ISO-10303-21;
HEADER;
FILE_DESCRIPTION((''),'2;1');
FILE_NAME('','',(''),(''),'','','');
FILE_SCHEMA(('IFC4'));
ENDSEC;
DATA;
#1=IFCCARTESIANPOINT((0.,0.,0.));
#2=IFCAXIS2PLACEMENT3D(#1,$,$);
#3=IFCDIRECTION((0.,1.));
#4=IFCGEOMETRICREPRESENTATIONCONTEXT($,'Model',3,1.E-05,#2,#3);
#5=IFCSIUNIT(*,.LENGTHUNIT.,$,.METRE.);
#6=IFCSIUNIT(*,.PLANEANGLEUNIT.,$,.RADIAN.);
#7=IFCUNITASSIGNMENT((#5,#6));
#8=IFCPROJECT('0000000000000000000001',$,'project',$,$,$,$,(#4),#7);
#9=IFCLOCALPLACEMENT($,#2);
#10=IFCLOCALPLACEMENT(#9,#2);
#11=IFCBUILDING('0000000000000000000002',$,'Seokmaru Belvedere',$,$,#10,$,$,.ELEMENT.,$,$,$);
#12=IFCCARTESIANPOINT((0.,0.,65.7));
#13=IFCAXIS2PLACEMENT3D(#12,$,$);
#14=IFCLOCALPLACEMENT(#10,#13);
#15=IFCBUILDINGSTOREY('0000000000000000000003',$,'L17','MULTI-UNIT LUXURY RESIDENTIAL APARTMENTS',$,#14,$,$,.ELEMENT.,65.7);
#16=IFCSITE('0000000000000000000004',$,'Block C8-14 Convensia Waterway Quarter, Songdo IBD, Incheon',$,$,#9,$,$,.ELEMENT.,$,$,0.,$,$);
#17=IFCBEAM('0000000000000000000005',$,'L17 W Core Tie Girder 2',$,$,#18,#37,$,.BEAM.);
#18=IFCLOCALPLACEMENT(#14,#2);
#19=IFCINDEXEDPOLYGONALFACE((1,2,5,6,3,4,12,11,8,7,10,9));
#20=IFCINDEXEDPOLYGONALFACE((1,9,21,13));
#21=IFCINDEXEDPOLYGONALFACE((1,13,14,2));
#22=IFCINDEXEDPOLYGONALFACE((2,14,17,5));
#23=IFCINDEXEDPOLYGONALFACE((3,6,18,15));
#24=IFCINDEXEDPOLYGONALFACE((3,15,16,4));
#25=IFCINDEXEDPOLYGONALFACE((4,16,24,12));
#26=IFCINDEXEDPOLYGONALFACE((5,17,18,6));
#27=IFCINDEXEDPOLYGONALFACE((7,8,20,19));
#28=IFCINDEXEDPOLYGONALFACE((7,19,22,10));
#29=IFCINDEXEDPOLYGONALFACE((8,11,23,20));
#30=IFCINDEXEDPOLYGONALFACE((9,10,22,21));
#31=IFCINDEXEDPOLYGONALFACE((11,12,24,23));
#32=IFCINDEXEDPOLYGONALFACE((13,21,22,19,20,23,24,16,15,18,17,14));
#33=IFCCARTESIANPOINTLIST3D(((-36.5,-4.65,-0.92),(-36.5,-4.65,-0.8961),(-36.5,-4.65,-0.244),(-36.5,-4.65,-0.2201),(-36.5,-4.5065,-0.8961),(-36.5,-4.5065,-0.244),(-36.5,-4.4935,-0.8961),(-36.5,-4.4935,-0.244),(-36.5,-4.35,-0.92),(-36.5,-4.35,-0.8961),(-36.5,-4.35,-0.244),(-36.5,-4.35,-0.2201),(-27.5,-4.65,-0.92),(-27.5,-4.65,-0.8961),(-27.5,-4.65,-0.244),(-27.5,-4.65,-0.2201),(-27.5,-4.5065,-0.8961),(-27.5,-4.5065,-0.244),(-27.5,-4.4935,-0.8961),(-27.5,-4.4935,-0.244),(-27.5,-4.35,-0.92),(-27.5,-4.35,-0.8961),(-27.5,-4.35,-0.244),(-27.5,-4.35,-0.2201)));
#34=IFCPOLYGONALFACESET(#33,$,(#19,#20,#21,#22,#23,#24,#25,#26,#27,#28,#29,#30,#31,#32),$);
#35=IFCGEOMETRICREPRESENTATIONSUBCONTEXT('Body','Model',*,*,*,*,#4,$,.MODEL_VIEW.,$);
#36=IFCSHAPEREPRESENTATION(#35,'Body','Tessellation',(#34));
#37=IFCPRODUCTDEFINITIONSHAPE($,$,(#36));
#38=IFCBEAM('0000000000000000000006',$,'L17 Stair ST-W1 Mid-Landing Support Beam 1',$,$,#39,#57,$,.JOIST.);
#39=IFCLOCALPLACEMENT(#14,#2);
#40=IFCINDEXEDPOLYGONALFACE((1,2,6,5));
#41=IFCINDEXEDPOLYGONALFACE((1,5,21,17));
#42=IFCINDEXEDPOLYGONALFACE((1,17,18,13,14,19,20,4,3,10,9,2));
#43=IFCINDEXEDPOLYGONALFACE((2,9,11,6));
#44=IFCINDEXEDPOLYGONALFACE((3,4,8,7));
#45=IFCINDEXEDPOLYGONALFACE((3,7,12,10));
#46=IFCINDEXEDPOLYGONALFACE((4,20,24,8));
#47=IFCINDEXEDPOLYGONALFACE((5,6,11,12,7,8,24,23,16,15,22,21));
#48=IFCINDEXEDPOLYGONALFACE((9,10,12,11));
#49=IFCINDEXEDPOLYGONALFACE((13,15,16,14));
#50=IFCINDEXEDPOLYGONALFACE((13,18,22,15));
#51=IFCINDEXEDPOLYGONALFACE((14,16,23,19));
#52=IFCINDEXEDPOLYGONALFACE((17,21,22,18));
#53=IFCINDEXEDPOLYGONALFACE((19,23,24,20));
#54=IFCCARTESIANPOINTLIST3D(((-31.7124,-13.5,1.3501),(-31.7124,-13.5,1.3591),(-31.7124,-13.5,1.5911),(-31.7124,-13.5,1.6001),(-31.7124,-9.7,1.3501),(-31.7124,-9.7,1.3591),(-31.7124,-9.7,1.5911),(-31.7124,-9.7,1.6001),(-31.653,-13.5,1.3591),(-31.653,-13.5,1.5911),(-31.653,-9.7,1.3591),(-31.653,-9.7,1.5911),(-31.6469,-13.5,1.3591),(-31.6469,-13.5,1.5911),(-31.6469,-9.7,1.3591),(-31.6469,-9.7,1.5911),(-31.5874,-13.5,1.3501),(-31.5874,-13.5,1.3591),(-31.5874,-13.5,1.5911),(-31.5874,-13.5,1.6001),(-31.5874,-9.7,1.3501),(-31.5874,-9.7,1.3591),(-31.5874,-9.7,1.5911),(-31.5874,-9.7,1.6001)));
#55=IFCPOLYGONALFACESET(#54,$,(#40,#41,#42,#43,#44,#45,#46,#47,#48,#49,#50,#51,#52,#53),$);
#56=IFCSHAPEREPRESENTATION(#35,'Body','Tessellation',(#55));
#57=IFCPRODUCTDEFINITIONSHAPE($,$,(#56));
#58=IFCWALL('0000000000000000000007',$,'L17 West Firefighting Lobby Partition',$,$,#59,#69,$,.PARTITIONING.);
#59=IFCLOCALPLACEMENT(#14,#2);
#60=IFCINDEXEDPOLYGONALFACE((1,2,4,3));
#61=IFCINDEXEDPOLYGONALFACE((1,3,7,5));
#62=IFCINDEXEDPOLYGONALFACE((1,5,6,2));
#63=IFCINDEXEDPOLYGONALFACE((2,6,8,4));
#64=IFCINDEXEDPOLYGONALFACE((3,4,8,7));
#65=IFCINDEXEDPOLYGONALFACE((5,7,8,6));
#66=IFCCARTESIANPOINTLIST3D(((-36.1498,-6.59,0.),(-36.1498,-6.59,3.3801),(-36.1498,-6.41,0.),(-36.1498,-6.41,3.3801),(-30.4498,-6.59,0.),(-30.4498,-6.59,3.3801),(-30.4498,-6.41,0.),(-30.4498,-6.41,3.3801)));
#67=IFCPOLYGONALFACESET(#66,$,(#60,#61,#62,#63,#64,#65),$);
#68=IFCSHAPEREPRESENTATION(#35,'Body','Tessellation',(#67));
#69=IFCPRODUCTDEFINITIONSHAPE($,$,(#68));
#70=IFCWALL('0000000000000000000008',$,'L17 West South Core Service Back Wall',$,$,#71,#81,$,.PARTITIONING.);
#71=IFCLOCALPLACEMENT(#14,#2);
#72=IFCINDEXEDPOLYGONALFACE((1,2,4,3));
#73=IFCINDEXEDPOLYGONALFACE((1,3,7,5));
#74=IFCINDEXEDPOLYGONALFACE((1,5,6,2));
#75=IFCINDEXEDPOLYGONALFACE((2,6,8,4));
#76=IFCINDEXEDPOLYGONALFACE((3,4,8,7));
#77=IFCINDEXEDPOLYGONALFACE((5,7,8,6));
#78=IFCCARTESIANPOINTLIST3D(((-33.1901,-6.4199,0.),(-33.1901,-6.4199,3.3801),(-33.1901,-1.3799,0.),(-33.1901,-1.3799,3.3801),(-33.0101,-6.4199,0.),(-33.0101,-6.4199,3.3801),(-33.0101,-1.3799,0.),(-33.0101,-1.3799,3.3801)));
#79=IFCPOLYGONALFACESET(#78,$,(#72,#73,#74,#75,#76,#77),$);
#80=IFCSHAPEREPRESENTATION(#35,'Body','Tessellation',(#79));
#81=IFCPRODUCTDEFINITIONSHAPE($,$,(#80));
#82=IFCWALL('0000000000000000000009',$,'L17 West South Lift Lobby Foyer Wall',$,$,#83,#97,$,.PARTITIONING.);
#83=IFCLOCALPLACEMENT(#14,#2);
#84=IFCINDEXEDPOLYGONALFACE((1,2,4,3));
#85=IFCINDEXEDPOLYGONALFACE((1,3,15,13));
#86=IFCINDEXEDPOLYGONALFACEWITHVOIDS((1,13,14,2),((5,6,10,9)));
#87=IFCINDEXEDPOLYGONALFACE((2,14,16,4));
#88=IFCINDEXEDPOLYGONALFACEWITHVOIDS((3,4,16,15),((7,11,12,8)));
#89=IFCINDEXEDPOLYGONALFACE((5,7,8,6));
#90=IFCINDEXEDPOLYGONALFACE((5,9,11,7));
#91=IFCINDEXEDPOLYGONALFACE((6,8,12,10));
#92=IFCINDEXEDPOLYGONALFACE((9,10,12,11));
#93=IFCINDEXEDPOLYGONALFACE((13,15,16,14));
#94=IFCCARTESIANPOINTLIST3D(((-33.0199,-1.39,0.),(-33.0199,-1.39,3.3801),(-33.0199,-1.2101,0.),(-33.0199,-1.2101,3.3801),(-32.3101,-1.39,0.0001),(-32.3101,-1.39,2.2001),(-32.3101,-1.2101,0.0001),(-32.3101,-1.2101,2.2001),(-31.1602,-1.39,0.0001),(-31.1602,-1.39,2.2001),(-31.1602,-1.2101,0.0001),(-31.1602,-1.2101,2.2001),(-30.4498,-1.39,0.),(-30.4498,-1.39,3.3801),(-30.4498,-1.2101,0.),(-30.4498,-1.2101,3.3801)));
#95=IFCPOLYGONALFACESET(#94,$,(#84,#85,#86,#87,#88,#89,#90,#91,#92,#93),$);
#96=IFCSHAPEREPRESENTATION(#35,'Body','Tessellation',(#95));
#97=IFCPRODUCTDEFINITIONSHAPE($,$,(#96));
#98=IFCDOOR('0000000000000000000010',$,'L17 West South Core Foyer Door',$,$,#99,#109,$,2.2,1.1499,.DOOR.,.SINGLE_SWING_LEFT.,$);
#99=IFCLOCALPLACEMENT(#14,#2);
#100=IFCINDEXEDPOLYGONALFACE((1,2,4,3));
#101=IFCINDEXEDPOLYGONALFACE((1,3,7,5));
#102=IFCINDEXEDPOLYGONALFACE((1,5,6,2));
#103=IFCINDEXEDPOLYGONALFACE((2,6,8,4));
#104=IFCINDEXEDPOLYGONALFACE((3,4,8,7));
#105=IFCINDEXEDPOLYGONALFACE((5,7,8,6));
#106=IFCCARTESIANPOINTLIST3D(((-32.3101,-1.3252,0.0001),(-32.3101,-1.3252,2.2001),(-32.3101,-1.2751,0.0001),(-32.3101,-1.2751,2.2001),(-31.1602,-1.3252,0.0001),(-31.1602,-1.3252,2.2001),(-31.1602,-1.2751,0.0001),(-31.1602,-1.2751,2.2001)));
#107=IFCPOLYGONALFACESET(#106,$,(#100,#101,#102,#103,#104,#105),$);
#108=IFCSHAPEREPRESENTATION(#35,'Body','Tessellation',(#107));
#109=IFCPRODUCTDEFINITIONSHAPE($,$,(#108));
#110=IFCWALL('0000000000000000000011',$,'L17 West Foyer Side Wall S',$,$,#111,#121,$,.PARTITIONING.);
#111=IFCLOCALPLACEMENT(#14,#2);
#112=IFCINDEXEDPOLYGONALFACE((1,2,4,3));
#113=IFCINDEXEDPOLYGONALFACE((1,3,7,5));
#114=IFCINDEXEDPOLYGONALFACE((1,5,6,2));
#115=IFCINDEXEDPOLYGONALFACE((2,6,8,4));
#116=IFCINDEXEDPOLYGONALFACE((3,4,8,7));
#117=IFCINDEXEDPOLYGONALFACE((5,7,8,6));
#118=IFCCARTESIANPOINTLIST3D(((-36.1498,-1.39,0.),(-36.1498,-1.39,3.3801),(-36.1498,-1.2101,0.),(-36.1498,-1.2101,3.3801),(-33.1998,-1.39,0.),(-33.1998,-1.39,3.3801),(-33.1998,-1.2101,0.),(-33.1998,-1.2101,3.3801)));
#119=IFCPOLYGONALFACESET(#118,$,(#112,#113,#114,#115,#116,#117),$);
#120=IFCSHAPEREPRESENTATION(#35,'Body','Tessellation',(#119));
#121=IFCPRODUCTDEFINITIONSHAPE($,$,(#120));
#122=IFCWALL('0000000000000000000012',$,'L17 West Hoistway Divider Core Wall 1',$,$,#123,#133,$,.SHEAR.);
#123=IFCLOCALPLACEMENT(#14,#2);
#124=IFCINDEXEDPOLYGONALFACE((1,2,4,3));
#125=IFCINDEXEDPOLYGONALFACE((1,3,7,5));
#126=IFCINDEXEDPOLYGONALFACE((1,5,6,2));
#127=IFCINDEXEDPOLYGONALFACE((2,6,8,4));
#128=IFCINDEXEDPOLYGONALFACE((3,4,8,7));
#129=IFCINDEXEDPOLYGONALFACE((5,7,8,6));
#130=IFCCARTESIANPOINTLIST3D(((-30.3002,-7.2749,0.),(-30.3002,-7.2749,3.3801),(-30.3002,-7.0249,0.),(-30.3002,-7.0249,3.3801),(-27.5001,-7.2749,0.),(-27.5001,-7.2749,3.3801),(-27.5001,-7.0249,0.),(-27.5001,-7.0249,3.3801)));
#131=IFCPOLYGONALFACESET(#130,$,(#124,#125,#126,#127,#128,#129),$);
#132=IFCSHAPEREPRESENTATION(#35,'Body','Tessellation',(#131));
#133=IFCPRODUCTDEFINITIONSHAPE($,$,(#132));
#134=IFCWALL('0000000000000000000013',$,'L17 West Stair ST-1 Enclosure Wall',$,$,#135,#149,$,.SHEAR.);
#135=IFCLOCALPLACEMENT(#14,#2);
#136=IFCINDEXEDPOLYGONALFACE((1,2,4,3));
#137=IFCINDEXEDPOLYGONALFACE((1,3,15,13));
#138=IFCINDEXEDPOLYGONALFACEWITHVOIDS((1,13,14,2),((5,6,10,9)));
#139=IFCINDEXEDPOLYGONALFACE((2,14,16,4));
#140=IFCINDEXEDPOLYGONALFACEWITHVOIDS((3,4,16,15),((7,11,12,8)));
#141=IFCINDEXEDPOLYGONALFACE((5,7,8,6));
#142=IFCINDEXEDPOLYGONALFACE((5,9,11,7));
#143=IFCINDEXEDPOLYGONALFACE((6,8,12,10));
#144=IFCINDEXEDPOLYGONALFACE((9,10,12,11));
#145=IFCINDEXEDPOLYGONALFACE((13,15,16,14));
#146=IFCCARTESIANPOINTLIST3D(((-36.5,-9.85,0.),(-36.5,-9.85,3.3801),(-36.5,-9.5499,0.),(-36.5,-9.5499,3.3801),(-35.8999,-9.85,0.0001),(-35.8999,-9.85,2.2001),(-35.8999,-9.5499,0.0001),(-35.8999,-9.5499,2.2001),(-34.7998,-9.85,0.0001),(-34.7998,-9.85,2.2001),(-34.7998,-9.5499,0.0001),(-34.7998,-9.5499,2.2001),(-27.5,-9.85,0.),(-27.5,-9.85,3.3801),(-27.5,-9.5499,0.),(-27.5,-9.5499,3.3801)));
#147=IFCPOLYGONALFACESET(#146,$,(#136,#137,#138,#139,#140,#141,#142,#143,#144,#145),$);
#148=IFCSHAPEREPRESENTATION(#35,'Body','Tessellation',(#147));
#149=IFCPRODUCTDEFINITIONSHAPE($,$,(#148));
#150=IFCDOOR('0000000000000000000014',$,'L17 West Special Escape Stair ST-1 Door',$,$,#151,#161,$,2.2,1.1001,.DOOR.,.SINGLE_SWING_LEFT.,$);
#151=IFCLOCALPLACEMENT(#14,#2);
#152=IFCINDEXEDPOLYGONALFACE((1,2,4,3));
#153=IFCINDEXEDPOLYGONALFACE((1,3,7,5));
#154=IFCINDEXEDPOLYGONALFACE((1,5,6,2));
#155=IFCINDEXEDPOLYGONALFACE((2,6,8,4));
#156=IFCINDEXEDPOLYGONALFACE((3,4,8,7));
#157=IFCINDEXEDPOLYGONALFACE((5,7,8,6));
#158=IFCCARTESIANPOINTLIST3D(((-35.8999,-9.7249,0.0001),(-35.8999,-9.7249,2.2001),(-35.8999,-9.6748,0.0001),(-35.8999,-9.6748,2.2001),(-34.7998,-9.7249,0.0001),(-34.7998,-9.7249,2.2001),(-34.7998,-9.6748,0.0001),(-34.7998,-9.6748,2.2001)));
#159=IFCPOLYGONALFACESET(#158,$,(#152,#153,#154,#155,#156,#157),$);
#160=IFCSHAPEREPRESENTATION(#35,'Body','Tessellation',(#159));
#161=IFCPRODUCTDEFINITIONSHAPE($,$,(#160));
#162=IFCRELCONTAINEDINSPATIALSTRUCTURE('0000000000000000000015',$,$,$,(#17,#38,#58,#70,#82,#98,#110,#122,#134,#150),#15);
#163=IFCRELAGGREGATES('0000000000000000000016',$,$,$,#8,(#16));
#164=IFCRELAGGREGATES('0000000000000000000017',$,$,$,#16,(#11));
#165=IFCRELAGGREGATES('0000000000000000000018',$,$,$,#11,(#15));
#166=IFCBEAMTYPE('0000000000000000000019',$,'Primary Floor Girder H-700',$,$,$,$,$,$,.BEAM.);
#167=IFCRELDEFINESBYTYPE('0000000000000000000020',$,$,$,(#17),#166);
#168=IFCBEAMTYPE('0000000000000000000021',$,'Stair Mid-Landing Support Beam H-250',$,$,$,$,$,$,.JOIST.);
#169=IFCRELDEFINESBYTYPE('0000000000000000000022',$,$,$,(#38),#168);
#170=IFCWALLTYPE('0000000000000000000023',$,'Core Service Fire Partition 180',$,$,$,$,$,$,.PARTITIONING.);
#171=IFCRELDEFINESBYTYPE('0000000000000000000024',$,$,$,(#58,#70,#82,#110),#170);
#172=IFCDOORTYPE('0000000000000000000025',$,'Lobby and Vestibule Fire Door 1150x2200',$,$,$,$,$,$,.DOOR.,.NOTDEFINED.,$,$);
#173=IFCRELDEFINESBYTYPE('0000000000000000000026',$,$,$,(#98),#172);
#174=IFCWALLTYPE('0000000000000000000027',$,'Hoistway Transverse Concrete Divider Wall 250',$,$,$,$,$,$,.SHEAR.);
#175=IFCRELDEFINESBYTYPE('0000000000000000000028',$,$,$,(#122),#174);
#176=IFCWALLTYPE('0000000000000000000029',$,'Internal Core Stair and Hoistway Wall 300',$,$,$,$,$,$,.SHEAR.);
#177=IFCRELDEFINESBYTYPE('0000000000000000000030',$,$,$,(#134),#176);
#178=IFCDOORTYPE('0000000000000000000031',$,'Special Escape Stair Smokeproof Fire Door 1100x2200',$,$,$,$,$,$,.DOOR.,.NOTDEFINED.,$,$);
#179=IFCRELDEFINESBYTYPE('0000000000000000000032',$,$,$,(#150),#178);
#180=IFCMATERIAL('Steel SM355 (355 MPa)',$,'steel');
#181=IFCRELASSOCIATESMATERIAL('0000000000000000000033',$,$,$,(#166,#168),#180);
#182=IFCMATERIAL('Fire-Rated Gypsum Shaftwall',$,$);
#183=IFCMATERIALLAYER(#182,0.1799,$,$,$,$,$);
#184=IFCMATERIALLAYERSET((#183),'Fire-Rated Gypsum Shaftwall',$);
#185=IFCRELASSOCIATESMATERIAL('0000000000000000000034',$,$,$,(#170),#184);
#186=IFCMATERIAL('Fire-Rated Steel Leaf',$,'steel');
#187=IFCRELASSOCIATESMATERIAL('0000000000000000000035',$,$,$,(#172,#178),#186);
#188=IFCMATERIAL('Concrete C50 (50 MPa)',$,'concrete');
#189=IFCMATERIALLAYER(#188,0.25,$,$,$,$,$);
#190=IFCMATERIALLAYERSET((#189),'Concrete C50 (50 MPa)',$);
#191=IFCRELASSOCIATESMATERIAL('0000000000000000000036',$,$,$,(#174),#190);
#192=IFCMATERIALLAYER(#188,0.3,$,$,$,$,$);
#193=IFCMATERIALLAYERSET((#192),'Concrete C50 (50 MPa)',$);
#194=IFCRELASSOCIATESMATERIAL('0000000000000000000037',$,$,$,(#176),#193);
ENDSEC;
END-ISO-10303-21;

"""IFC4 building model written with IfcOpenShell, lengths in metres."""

from ifc_helpers import new_model, si_unit, direction, frame, frame_2d, origin, origin_2d, place, context, subcontext, project, spatial, rectangle, i_section, extrude, source, transform, mapped, material, layer, layer_set, material_profile, profile_set, type_object, type_shapes, element, fill, save


model = new_model("IFC4")

# Units and contexts
model_context = context("Model", 3, precision=1e-05, world=origin(), true_north=direction((0.0, 1.0)))
body_context = subcontext(model_context, "Body", "Model", "MODEL_VIEW")
ifc_project = project(units=[si_unit("LENGTHUNIT", "METRE"), si_unit("PLANEANGLEUNIT", "RADIAN")], contexts=[model_context])

# Site, building, storey
site_placement = place(None, origin())
site = spatial("IfcSite", under=ifc_project, at=site_placement, Name="Block C8-14 Convensia Waterway Quarter, Songdo IBD, Incheon", CompositionType="ELEMENT", RefElevation=0.0)
building_placement = place(site_placement, origin())
building = spatial("IfcBuilding", under=site, at=building_placement, Name="Seokmaru Belvedere", CompositionType="ELEMENT")
storey_placement = place(building_placement, frame((0.0, 0.0, 65.7)))
storey = spatial("IfcBuildingStorey", under=building, at=storey_placement, Name="L17", Description="MULTI-UNIT LUXURY RESIDENTIAL APARTMENTS", CompositionType="ELEMENT", Elevation=65.7)

# Beams
ifc_material_1 = material(Name="Steel SM355 (355 MPa)", Category="steel")
ifc_material_profile_1 = material_profile(ifc_material_1, i_section(OverallWidth=0.3, OverallDepth=0.7, WebThickness=0.0129, FlangeThickness=0.0239, at=origin_2d()), Name="H-700x300x13x24")
ifc_profile_set_1 = profile_set([ifc_material_profile_1], Name="Steel SM355 (355 MPa)")
beam_type_1 = type_object("IfcBeamType", Name="Primary Floor Girder H-700", PredefinedType="BEAM", material=ifc_profile_set_1)
shared_shape_1 = source(origin(), body_context, "Body", "SweptSolid", [
    extrude(i_section(OverallWidth=0.3, OverallDepth=0.7, WebThickness=0.0129, FlangeThickness=0.0239, at=origin_2d()), origin(), (0.0, 0.0, 1.0), 9.0),
])
type_shapes(beam_type_1, [shared_shape_1])
beam_1_placement = place(storey_placement, frame((-36.5, -4.5, -0.5701), z_axis=(1.0, 0.0, 0.0), x_axis=(0.0, 1.0, 0.0)))
element("IfcBeam", 1, at=beam_1_placement, inside=storey, type_object=beam_type_1, Name="L17 W Core Tie Girder 2", PredefinedType="BEAM", context=body_context, shape_type="MappedRepresentation", body=[
    mapped(shared_shape_1, transform((0.0, 0.0, 0.0), scale=1.0)),
])
ifc_material_profile_2 = material_profile(ifc_material_1, i_section(OverallWidth=0.125, OverallDepth=0.25, WebThickness=0.0061, FlangeThickness=0.009, at=origin_2d()), Name="H-250x125x6x9")
ifc_profile_set_2 = profile_set([ifc_material_profile_2], Name="Steel SM355 (355 MPa)")
beam_type_2 = type_object("IfcBeamType", Name="Stair Mid-Landing Support Beam H-250", PredefinedType="JOIST", material=ifc_profile_set_2)
shared_shape_2 = source(origin(), body_context, "Body", "SweptSolid", [
    extrude(i_section(OverallWidth=0.125, OverallDepth=0.25, WebThickness=0.0061, FlangeThickness=0.009, at=origin_2d()), origin(), (0.0, 0.0, 1.0), 3.8),
])
type_shapes(beam_type_2, [shared_shape_2])
beam_2_placement = place(storey_placement, frame((-31.6499, -13.5, 1.4751), z_axis=(0.0, 1.0, 0.0), x_axis=(-1.0, 0.0, 0.0)))
element("IfcBeam", 2, at=beam_2_placement, inside=storey, type_object=beam_type_2, Name="L17 Stair ST-W1 Mid-Landing Support Beam 1", PredefinedType="JOIST", context=body_context, shape_type="MappedRepresentation", body=[
    mapped(shared_shape_2, transform((0.0, 0.0, 0.0), scale=1.0)),
])

# Walls
ifc_material_2 = material(Name="Fire-Rated Gypsum Shaftwall")
ifc_layer_1 = layer(ifc_material_2, 0.1799)
ifc_layer_set_1 = layer_set([ifc_layer_1], Name="Fire-Rated Gypsum Shaftwall")
wall_type_1 = type_object("IfcWallType", Name="Core Service Fire Partition 180", PredefinedType="PARTITIONING", material=ifc_layer_set_1)
wall_1_placement = place(storey_placement, frame((-36.1499, -6.5, 0.0), z_axis=(0.0, 0.0, 1.0), x_axis=(1.0, 0.0, 0.0)))
element("IfcWall", 3, at=wall_1_placement, inside=storey, type_object=wall_type_1, Name="L17 West Firefighting Lobby Partition", PredefinedType="PARTITIONING", context=body_context, shape_type="SweptSolid", body=[
    extrude(rectangle(XDim=5.7, YDim=0.1799, at=frame_2d((2.8501, 0.0))), origin(), (0.0, 0.0, 1.0), 3.3801),
])
wall_2_placement = place(storey_placement, frame((-33.1001, -6.4199, 0.0), z_axis=(0.0, 0.0, 1.0), x_axis=(0.0, 1.0, 0.0)))
element("IfcWall", 4, at=wall_2_placement, inside=storey, type_object=wall_type_1, Name="L17 West South Core Service Back Wall", PredefinedType="PARTITIONING", context=body_context, shape_type="SweptSolid", body=[
    extrude(rectangle(XDim=5.04, YDim=0.1799, at=frame_2d((2.52, 0.0))), origin(), (0.0, 0.0, 1.0), 3.3801),
])

# Wall, opening, door
wall_3_placement = place(storey_placement, frame((-33.02, -1.3, 0.0), z_axis=(0.0, 0.0, 1.0), x_axis=(1.0, 0.0, 0.0)))
wall_3 = element("IfcWall", 5, at=wall_3_placement, inside=storey, type_object=wall_type_1, Name="L17 West South Lift Lobby Foyer Wall", PredefinedType="PARTITIONING", context=body_context, shape_type="SweptSolid", body=[
    extrude(rectangle(XDim=2.5701, YDim=0.1799, at=frame_2d((1.2852, 0.0))), origin(), (0.0, 0.0, 1.0), 3.3801),
])
opening_1_placement = place(wall_3_placement, frame((0.71, 0.0, 0.0)))
opening_1 = element("IfcOpeningElement", 6, at=opening_1_placement, cuts=wall_3, PredefinedType="OPENING", context=body_context, shape_type="SweptSolid", body=[
    extrude(rectangle(XDim=1.1499, YDim=2.2, at=frame_2d((0.575, 1.1001))), frame((0.0, 0.1001, 0.0), z_axis=(0.0, -1.0, 0.0), x_axis=(1.0, 0.0, 0.0)), (0.0, 0.0, 1.0), 0.2),
])
ifc_material_3 = material(Name="Fire-Rated Steel Leaf", Category="steel")
door_type_1 = type_object("IfcDoorType", Name="Lobby and Vestibule Fire Door 1150x2200", OperationType="NOTDEFINED", PredefinedType="DOOR", material=ifc_material_3)
shared_shape_3 = source(origin(), body_context, "Body", "SweptSolid", [
    extrude(rectangle(XDim=1.1499, YDim=2.2, at=frame_2d((0.575, 1.1001))), frame((0.0, 0.0249, 0.0), z_axis=(0.0, -1.0, 0.0), x_axis=(1.0, 0.0, 0.0)), (0.0, 0.0, 1.0), 0.05),
])
type_shapes(door_type_1, [shared_shape_3])
door_1_placement = place(opening_1_placement, origin())
door_1 = element("IfcDoor", 7, at=door_1_placement, inside=storey, type_object=door_type_1, Name="L17 West South Core Foyer Door", OperationType="SINGLE_SWING_LEFT", OverallHeight=2.2, OverallWidth=1.1499, PredefinedType="DOOR", context=body_context, shape_type="MappedRepresentation", body=[
    mapped(shared_shape_3, transform((0.0, 0.0, 0.0), scale=1.0)),
])
fill(opening_1, door_1)

# Walls
wall_4_placement = place(storey_placement, frame((-36.1499, -1.3, 0.0), z_axis=(0.0, 0.0, 1.0), x_axis=(1.0, 0.0, 0.0)))
element("IfcWall", 8, at=wall_4_placement, inside=storey, type_object=wall_type_1, Name="L17 West Foyer Side Wall S", PredefinedType="PARTITIONING", context=body_context, shape_type="SweptSolid", body=[
    extrude(rectangle(XDim=2.95, YDim=0.1799, at=frame_2d((1.4751, 0.0))), origin(), (0.0, 0.0, 1.0), 3.3801),
])
ifc_material_4 = material(Name="Concrete C50 (50 MPa)", Category="concrete")
ifc_layer_2 = layer(ifc_material_4, 0.25)
ifc_layer_set_2 = layer_set([ifc_layer_2], Name="Concrete C50 (50 MPa)")
wall_type_2 = type_object("IfcWallType", Name="Hoistway Transverse Concrete Divider Wall 250", PredefinedType="SHEAR", material=ifc_layer_set_2)
wall_5_placement = place(storey_placement, frame((-30.3, -7.1499, 0.0), z_axis=(0.0, 0.0, 1.0), x_axis=(1.0, 0.0, 0.0)))
element("IfcWall", 9, at=wall_5_placement, inside=storey, type_object=wall_type_2, Name="L17 West Hoistway Divider Core Wall 1", PredefinedType="SHEAR", context=body_context, shape_type="SweptSolid", body=[
    extrude(rectangle(XDim=2.8, YDim=0.25, at=frame_2d((1.3999, 0.0))), origin(), (0.0, 0.0, 1.0), 3.3801),
])

# Wall, opening, door
ifc_layer_3 = layer(ifc_material_4, 0.3)
ifc_layer_set_3 = layer_set([ifc_layer_3], Name="Concrete C50 (50 MPa)")
wall_type_3 = type_object("IfcWallType", Name="Internal Core Stair and Hoistway Wall 300", PredefinedType="SHEAR", material=ifc_layer_set_3)
wall_6_placement = place(storey_placement, frame((-36.5, -9.7, 0.0), z_axis=(0.0, 0.0, 1.0), x_axis=(1.0, 0.0, 0.0)))
wall_6 = element("IfcWall", 10, at=wall_6_placement, inside=storey, type_object=wall_type_3, Name="L17 West Stair ST-1 Enclosure Wall", PredefinedType="SHEAR", context=body_context, shape_type="SweptSolid", body=[
    extrude(rectangle(XDim=9.0, YDim=0.3, at=frame_2d((4.5, 0.0))), origin(), (0.0, 0.0, 1.0), 3.3801),
])
opening_2_placement = place(wall_6_placement, frame((0.6001, 0.0, 0.0)))
opening_2 = element("IfcOpeningElement", 11, at=opening_2_placement, cuts=wall_6, PredefinedType="OPENING", context=body_context, shape_type="SweptSolid", body=[
    extrude(rectangle(XDim=1.1001, YDim=2.2, at=frame_2d((0.55, 1.1001))), frame((0.0, 0.1602, 0.0), z_axis=(0.0, -1.0, 0.0), x_axis=(1.0, 0.0, 0.0)), (0.0, 0.0, 1.0), 0.3201),
])
door_type_2 = type_object("IfcDoorType", Name="Special Escape Stair Smokeproof Fire Door 1100x2200", OperationType="NOTDEFINED", PredefinedType="DOOR", material=ifc_material_3)
shared_shape_4 = source(origin(), body_context, "Body", "SweptSolid", [
    extrude(rectangle(XDim=1.1001, YDim=2.2, at=frame_2d((0.55, 1.1001))), frame((0.0, 0.0249, 0.0), z_axis=(0.0, -1.0, 0.0), x_axis=(1.0, 0.0, 0.0)), (0.0, 0.0, 1.0), 0.05),
])
type_shapes(door_type_2, [shared_shape_4])
door_2_placement = place(opening_2_placement, frame((1.1001, 0.0, 0.0), z_axis=(0.0, 0.0, 1.0), x_axis=(-1.0, 0.0, 0.0)))
door_2 = element("IfcDoor", 12, at=door_2_placement, inside=storey, type_object=door_type_2, Name="L17 West Special Escape Stair ST-1 Door", OperationType="SINGLE_SWING_LEFT", OverallHeight=2.2, OverallWidth=1.1001, PredefinedType="DOOR", context=body_context, shape_type="MappedRepresentation", body=[
    mapped(shared_shape_4, transform((0.0, 0.0, 0.0), scale=1.0)),
])
fill(opening_2, door_2)

save(model, "model.ifc")
